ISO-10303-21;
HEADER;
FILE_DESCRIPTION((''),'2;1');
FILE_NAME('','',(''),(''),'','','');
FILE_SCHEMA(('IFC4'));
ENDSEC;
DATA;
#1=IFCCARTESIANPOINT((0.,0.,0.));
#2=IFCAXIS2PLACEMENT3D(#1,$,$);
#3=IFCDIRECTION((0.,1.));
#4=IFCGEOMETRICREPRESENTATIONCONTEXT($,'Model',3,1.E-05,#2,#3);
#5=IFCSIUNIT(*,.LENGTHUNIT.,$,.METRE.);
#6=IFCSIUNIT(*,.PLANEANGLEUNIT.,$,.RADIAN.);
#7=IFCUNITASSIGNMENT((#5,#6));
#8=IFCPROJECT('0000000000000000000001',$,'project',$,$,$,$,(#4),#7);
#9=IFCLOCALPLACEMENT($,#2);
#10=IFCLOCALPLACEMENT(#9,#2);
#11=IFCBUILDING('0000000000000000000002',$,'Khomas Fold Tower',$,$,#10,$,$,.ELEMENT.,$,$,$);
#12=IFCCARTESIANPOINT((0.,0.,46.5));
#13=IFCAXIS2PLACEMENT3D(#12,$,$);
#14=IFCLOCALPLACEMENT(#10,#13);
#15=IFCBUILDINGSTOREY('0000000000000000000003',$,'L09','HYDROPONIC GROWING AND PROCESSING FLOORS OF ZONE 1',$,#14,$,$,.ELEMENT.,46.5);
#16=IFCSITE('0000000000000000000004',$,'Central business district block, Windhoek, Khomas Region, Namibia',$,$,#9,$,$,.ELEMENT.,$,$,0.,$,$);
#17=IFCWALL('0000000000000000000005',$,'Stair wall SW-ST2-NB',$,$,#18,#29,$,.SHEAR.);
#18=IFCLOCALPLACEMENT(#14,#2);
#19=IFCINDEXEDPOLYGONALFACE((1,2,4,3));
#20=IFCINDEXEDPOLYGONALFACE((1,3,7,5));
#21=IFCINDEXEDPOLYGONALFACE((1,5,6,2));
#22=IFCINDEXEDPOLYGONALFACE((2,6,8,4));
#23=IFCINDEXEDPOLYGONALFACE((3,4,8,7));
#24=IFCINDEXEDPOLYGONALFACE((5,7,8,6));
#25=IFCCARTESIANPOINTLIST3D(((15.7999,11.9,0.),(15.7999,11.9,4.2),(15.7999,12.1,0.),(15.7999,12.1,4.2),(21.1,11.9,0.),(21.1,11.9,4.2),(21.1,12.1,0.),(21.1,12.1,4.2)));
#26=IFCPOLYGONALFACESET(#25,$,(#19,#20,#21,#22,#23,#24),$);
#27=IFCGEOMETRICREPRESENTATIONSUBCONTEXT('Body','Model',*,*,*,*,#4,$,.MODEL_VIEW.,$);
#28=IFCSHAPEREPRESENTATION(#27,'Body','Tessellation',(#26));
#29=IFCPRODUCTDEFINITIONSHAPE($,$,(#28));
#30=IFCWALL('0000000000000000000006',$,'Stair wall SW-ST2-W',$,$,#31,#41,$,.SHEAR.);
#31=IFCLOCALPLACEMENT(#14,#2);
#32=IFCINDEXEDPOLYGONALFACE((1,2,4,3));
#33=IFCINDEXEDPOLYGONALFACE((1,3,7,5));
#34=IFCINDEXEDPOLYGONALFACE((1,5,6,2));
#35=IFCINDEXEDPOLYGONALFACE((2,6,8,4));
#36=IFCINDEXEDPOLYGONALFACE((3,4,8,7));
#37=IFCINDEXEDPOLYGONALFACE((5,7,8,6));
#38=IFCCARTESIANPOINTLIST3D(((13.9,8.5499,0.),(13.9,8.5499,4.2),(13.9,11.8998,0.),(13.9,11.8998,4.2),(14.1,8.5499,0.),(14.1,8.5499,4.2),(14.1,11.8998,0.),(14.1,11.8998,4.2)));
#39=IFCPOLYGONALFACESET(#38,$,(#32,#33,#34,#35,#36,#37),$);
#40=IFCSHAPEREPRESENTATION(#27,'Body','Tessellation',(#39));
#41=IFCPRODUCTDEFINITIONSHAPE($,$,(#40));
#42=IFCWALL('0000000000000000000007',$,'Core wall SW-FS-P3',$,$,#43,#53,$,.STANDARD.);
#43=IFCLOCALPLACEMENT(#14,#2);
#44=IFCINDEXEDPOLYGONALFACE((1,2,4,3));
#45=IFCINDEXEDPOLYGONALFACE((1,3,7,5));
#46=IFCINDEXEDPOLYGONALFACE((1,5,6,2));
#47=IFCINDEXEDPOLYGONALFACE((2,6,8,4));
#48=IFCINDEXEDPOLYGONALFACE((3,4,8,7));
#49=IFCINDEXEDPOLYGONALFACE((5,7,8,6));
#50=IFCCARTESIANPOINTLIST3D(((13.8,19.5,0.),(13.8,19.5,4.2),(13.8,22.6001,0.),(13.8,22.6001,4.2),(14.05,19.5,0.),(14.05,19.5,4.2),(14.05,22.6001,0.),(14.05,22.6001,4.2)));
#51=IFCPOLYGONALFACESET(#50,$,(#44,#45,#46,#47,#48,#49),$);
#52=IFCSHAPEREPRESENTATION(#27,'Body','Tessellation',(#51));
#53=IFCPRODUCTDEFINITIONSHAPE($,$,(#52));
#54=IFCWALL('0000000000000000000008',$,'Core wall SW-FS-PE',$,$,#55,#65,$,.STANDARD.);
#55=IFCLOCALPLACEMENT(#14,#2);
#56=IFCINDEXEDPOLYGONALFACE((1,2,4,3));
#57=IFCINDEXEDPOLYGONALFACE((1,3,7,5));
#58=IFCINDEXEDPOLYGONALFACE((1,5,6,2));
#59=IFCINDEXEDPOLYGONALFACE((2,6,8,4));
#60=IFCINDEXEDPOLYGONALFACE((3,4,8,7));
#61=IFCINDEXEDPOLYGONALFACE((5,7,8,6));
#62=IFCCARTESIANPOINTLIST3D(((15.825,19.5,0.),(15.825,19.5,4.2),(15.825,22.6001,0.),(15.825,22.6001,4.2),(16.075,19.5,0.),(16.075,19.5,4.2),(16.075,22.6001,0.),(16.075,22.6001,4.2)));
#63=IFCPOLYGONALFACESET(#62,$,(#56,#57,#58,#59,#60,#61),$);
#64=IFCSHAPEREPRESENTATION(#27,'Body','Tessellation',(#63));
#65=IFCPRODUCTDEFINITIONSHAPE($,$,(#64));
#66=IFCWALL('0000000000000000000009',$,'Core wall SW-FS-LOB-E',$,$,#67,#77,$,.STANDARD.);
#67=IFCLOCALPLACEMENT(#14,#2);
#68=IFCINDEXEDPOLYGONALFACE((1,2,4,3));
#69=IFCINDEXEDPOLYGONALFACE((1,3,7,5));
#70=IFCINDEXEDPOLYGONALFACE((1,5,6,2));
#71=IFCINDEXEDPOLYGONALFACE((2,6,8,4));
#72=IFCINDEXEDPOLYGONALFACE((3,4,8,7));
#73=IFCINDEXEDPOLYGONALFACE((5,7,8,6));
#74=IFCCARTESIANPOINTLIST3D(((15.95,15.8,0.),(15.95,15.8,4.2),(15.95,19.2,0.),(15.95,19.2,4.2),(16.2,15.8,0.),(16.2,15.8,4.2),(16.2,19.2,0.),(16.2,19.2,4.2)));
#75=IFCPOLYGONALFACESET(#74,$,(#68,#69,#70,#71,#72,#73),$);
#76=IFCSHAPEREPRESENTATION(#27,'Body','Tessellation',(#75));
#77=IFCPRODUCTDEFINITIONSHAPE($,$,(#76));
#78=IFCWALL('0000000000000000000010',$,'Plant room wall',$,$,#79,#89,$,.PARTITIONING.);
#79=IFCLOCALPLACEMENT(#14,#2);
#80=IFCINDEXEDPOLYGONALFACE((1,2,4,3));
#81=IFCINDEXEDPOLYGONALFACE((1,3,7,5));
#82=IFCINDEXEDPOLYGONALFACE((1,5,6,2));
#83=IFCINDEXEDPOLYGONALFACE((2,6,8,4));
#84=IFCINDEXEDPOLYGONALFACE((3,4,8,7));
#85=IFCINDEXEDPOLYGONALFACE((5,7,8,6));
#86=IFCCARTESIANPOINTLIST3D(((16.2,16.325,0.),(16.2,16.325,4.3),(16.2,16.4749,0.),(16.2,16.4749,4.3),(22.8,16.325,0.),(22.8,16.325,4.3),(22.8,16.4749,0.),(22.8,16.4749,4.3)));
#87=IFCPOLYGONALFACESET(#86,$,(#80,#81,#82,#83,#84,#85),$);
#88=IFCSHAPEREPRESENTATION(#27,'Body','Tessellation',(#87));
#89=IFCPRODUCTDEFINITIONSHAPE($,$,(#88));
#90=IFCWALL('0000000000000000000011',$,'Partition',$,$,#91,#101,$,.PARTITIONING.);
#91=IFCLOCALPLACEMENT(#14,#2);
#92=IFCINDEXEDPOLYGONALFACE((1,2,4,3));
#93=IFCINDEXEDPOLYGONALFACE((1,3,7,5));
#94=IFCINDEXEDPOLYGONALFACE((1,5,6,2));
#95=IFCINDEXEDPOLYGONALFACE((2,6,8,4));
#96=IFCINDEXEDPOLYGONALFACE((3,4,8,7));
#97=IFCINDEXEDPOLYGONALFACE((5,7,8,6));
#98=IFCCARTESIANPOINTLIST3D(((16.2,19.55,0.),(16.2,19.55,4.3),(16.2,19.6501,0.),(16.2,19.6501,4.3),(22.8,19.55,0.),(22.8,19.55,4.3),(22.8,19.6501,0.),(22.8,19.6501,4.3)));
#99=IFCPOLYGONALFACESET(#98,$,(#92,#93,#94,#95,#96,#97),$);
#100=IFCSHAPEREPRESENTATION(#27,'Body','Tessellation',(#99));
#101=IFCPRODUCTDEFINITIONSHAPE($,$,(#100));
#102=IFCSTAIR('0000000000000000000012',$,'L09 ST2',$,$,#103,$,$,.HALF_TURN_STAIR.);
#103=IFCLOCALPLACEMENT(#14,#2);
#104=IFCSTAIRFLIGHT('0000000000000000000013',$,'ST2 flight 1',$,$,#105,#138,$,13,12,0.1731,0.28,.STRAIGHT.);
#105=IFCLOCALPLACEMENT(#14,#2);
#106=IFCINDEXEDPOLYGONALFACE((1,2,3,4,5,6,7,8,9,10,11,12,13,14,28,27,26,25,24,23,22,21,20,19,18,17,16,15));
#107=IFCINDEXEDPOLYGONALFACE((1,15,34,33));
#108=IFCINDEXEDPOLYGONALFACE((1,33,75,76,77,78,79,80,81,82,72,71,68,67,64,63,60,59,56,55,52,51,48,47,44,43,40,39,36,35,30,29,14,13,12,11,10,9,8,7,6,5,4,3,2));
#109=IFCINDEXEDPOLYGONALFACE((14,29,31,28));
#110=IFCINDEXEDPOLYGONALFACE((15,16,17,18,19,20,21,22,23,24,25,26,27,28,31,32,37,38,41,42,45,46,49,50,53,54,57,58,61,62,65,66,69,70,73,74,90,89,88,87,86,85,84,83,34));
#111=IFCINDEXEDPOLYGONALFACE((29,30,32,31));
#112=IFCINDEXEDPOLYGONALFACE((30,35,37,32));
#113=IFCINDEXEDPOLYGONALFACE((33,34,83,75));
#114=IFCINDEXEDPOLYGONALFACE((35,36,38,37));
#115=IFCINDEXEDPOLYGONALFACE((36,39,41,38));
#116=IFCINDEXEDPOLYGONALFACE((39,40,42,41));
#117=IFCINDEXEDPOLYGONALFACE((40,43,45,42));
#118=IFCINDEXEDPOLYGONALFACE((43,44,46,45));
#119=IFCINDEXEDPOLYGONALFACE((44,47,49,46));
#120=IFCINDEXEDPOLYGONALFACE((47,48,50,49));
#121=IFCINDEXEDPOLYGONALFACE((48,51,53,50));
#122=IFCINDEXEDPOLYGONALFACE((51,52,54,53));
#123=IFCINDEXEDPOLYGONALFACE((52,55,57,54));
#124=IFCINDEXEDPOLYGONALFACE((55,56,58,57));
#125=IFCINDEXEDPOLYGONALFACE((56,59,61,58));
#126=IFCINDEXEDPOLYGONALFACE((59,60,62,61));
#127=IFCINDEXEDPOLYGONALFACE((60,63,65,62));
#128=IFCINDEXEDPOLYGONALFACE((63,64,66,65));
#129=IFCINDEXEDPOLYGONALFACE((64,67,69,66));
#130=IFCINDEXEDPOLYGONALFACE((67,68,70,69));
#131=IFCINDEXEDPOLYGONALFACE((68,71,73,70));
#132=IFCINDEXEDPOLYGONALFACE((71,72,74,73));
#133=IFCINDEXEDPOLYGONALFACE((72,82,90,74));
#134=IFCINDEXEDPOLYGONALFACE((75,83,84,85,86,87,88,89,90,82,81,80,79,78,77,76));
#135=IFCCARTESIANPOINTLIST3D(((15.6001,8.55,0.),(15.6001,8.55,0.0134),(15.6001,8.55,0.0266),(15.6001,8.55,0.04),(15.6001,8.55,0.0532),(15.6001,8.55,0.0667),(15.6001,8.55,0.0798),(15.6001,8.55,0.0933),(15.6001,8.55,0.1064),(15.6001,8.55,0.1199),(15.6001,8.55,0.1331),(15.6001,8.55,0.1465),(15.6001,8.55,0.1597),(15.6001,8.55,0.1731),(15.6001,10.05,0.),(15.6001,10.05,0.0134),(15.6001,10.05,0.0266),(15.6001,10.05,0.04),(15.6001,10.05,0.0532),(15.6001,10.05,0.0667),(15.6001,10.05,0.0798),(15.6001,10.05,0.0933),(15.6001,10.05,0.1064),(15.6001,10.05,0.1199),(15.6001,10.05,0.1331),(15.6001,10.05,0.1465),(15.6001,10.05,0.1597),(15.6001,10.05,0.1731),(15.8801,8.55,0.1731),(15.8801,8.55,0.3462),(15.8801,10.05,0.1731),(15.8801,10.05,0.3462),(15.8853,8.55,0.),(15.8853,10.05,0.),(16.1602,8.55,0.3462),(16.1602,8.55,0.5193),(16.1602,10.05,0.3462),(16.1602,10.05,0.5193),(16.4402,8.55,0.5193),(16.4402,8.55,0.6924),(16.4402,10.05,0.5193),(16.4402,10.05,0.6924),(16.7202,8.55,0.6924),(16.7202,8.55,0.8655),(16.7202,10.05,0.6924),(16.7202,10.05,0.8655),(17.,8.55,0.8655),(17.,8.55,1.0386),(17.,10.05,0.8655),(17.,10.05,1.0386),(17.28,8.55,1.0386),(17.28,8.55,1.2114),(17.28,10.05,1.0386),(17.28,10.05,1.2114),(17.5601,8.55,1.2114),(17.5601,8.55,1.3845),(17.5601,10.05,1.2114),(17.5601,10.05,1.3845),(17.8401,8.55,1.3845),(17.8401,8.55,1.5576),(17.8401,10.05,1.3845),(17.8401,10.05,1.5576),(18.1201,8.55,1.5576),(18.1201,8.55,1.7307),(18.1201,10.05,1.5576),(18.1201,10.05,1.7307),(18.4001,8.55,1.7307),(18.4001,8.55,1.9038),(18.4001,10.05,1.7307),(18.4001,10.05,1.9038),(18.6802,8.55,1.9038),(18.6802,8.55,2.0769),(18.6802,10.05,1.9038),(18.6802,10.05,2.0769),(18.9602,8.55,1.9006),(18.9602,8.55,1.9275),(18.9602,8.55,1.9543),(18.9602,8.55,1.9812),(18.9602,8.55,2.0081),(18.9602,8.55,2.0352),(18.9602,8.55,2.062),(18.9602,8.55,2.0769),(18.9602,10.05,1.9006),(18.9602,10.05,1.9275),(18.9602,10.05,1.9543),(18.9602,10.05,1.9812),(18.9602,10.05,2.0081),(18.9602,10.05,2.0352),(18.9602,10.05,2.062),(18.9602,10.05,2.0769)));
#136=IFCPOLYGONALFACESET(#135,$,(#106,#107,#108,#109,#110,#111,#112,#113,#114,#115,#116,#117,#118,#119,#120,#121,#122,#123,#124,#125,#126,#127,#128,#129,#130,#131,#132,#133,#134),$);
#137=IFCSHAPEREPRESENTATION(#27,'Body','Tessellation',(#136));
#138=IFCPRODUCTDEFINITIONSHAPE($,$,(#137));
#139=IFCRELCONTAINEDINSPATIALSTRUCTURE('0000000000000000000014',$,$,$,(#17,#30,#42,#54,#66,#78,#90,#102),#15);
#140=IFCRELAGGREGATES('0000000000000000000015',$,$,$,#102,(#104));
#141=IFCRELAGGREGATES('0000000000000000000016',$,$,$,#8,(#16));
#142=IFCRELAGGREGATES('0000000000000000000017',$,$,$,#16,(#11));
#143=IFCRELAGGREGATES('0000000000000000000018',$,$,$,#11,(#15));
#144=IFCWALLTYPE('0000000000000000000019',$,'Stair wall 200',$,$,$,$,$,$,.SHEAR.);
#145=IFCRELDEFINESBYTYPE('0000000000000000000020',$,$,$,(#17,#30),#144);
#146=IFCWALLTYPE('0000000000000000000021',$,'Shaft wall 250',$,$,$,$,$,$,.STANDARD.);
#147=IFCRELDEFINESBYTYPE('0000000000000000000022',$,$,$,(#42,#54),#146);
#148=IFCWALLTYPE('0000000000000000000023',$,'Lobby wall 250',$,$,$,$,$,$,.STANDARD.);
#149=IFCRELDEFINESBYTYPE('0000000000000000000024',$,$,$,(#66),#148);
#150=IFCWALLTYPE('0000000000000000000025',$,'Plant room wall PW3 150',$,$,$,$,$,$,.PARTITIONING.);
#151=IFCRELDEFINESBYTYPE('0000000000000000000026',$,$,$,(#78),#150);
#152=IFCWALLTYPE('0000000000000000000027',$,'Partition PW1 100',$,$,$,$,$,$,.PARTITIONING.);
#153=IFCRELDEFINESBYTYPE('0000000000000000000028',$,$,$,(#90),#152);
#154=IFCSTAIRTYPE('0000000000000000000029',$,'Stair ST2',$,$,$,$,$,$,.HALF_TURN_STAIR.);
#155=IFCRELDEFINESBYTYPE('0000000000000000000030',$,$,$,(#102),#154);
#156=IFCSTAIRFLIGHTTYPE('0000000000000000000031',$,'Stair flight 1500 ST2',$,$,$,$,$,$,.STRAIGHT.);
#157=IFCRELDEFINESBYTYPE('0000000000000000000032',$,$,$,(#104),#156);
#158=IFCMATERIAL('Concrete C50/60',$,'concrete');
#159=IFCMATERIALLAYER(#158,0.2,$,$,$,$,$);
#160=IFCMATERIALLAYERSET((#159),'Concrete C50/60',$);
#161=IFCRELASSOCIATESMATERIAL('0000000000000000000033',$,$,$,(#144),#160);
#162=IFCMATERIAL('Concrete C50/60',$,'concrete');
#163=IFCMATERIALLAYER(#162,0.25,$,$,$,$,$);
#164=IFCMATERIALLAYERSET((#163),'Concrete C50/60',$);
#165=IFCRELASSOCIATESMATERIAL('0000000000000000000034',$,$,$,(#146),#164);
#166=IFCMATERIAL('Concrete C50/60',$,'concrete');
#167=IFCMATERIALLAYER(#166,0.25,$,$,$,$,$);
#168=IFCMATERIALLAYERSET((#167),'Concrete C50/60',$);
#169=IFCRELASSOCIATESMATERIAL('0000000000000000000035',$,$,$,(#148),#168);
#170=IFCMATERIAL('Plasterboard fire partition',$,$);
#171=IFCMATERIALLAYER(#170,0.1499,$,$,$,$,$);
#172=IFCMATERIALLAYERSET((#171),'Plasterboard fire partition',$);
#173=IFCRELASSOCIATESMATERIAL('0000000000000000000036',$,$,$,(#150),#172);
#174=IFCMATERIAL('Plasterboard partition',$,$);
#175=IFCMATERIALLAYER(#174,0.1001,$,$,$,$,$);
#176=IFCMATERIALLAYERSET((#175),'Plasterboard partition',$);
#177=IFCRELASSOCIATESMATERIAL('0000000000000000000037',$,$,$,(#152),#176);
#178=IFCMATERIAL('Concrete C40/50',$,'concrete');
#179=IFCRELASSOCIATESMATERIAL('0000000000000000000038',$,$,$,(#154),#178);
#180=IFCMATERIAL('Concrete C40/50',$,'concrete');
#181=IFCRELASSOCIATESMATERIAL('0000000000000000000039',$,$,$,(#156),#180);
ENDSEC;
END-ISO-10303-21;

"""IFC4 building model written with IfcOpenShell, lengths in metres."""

from ifc_helpers import new_model, si_unit, direction, frame, frame_2d, origin, place, context, subcontext, project, spatial, polyline, rectangle, outline, extrude, source, transform, mapped, material, layer, layer_set, type_object, element, aggregate, save


model = new_model("IFC4")

# Units and contexts
model_context = context("Model", 3, precision=1e-05, world=origin(), true_north=direction((0.0, 1.0)))
body_context = subcontext(model_context, "Body", "Model", "MODEL_VIEW")
ifc_project = project(units=[si_unit("LENGTHUNIT", "METRE"), si_unit("PLANEANGLEUNIT", "RADIAN")], contexts=[model_context])

# Site, building, storey
site_placement = place(None, origin())
site = spatial("IfcSite", under=ifc_project, at=site_placement, Name="Central business district block, Windhoek, Khomas Region, Namibia", CompositionType="ELEMENT", RefElevation=0.0)
building_placement = place(site_placement, origin())
building = spatial("IfcBuilding", under=site, at=building_placement, Name="Khomas Fold Tower", CompositionType="ELEMENT")
storey_placement = place(building_placement, frame((0.0, 0.0, 46.5)))
storey = spatial("IfcBuildingStorey", under=building, at=storey_placement, Name="L09", Description="HYDROPONIC GROWING AND PROCESSING FLOORS OF ZONE 1", CompositionType="ELEMENT", Elevation=46.5)

# Walls
ifc_material_1 = material(Name="Concrete C50/60", Category="concrete")
ifc_layer_1 = layer(ifc_material_1, 0.2)
ifc_layer_set_1 = layer_set([ifc_layer_1], Name="Concrete C50/60")
wall_type_1 = type_object("IfcWallType", Name="Stair wall 200", PredefinedType="SHEAR", material=ifc_layer_set_1)
shared_shape_1 = source(origin(), body_context, "Body", "SweptSolid", [
    extrude(rectangle(XDim=5.3, YDim=0.2, at=frame_2d((2.6499, 0.0))), origin(), (0.0, 0.0, 1.0), 4.2),
])
wall_1_placement = place(storey_placement, frame((15.8, 12.0, 0.0), z_axis=(0.0, 0.0, 1.0), x_axis=(1.0, 0.0, 0.0)))
element("IfcWall", 1, at=wall_1_placement, inside=storey, type_object=wall_type_1, Name="Stair wall SW-ST2-NB", PredefinedType="SHEAR", context=body_context, shape_type="MappedRepresentation", body=[
    mapped(shared_shape_1, transform((0.0, 0.0, 0.0))),
])
shared_shape_2 = source(origin(), body_context, "Body", "SweptSolid", [
    extrude(rectangle(XDim=3.3499, YDim=0.2, at=frame_2d((1.6748, 0.0))), origin(), (0.0, 0.0, 1.0), 4.2),
])
wall_2_placement = place(storey_placement, frame((14.0, 8.55, 0.0), z_axis=(0.0, 0.0, 1.0), x_axis=(0.0, 1.0, 0.0)))
element("IfcWall", 2, at=wall_2_placement, inside=storey, type_object=wall_type_1, Name="Stair wall SW-ST2-W", PredefinedType="SHEAR", context=body_context, shape_type="MappedRepresentation", body=[
    mapped(shared_shape_2, transform((0.0, 0.0, 0.0))),
])
ifc_material_2 = material(Name="Concrete C50/60", Category="concrete")
ifc_layer_2 = layer(ifc_material_2, 0.25)
ifc_layer_set_2 = layer_set([ifc_layer_2], Name="Concrete C50/60")
wall_type_2 = type_object("IfcWallType", Name="Shaft wall 250", PredefinedType="STANDARD", material=ifc_layer_set_2)
shared_shape_3 = source(origin(), body_context, "Body", "SweptSolid", [
    extrude(rectangle(XDim=3.1001, YDim=0.25, at=frame_2d((1.55, 0.0))), origin(), (0.0, 0.0, 1.0), 4.2),
])
for number, where, z_axis, x_axis, name in (
    (3, (13.925, 19.5, 0.0), (0.0, 0.0, 1.0), (0.0, 1.0, 0.0), "Core wall SW-FS-P3"),
    (4, (15.95, 19.5, 0.0), (0.0, 0.0, 1.0), (0.0, 1.0, 0.0), "Core wall SW-FS-PE"),
):
    element("IfcWall", number, at=place(storey_placement, frame(where, z_axis=z_axis, x_axis=x_axis)), inside=storey, type_object=wall_type_2, Name=name, PredefinedType="STANDARD", context=body_context, shape_type="MappedRepresentation", body=[
        mapped(shared_shape_3, transform((0.0, 0.0, 0.0))),
    ])
ifc_material_3 = material(Name="Concrete C50/60", Category="concrete")
ifc_layer_3 = layer(ifc_material_3, 0.25)
ifc_layer_set_3 = layer_set([ifc_layer_3], Name="Concrete C50/60")
wall_type_3 = type_object("IfcWallType", Name="Lobby wall 250", PredefinedType="STANDARD", material=ifc_layer_set_3)
shared_shape_4 = source(origin(), body_context, "Body", "SweptSolid", [
    extrude(rectangle(XDim=3.3999, YDim=0.25, at=frame_2d((1.7, 0.0))), origin(), (0.0, 0.0, 1.0), 4.2),
])
wall_3_placement = place(storey_placement, frame((16.075, 15.8, 0.0), z_axis=(0.0, 0.0, 1.0), x_axis=(0.0, 1.0, 0.0)))
element("IfcWall", 5, at=wall_3_placement, inside=storey, type_object=wall_type_3, Name="Core wall SW-FS-LOB-E", PredefinedType="STANDARD", context=body_context, shape_type="MappedRepresentation", body=[
    mapped(shared_shape_4, transform((0.0, 0.0, 0.0))),
])
ifc_material_4 = material(Name="Plasterboard fire partition")
ifc_layer_4 = layer(ifc_material_4, 0.1499)
ifc_layer_set_4 = layer_set([ifc_layer_4], Name="Plasterboard fire partition")
wall_type_4 = type_object("IfcWallType", Name="Plant room wall PW3 150", PredefinedType="PARTITIONING", material=ifc_layer_set_4)
shared_shape_5 = source(origin(), body_context, "Body", "SweptSolid", [
    extrude(rectangle(XDim=6.6001, YDim=0.1499, at=frame_2d((3.3, 0.0))), origin(), (0.0, 0.0, 1.0), 4.3),
])
wall_4_placement = place(storey_placement, frame((16.2, 16.3999, 0.0), z_axis=(0.0, 0.0, 1.0), x_axis=(1.0, 0.0, 0.0)))
element("IfcWall", 6, at=wall_4_placement, inside=storey, type_object=wall_type_4, Name="Plant room wall", PredefinedType="PARTITIONING", context=body_context, shape_type="MappedRepresentation", body=[
    mapped(shared_shape_5, transform((0.0, 0.0, 0.0))),
])
ifc_material_5 = material(Name="Plasterboard partition")
ifc_layer_5 = layer(ifc_material_5, 0.1001)
ifc_layer_set_5 = layer_set([ifc_layer_5], Name="Plasterboard partition")
wall_type_5 = type_object("IfcWallType", Name="Partition PW1 100", PredefinedType="PARTITIONING", material=ifc_layer_set_5)
shared_shape_6 = source(origin(), body_context, "Body", "SweptSolid", [
    extrude(rectangle(XDim=6.6001, YDim=0.1001, at=frame_2d((3.3, 0.0))), origin(), (0.0, 0.0, 1.0), 4.3),
])
wall_5_placement = place(storey_placement, frame((16.2, 19.6001, 0.0), z_axis=(0.0, 0.0, 1.0), x_axis=(1.0, 0.0, 0.0)))
element("IfcWall", 7, at=wall_5_placement, inside=storey, type_object=wall_type_5, Name="Partition", PredefinedType="PARTITIONING", context=body_context, shape_type="MappedRepresentation", body=[
    mapped(shared_shape_6, transform((0.0, 0.0, 0.0))),
])

# Stair, stair flight
ifc_material_6 = material(Name="Concrete C40/50", Category="concrete")
stair_type = type_object("IfcStairType", Name="Stair ST2", PredefinedType="HALF_TURN_STAIR", material=ifc_material_6)
stair_placement = place(storey_placement, origin())
stair = element("IfcStair", 8, at=stair_placement, inside=storey, type_object=stair_type, Name="L09 ST2", PredefinedType="HALF_TURN_STAIR")
ifc_material_7 = material(Name="Concrete C40/50", Category="concrete")
stair_flight_type = type_object("IfcStairFlightType", Name="Stair flight 1500 ST2", PredefinedType="STRAIGHT", material=ifc_material_7)
shared_shape_7 = source(origin(), body_context, "Body", "SweptSolid", [
    extrude(outline(polyline([(0.0, 0.0), (0.0, 0.0134), (0.0, 0.0266), (0.0, 0.04), (0.0, 0.0532), (0.0, 0.0667), (0.0, 0.0798), (0.0, 0.0933), (0.0, 0.1064), (0.0, 0.1199), (0.0, 0.1331), (0.0, 0.1465), (0.0, 0.1597), (0.0, 0.1731), (0.28, 0.1731), (0.28, 0.3462), (0.5601, 0.3462), (0.5601, 0.5193), (0.8401, 0.5193), (0.8401, 0.6924), (1.1201, 0.6924), (1.1201, 0.8655), (1.3999, 0.8655), (1.3999, 1.0386), (1.6799, 1.0386), (1.6799, 1.2114), (1.96, 1.2114), (1.96, 1.3845), (2.24, 1.3845), (2.24, 1.5576), (2.52, 1.5576), (2.52, 1.7307), (2.8, 1.7307), (2.8, 1.9038), (3.0801, 1.9038), (3.0801, 2.0769), (3.3601, 2.0769), (3.3601, 2.25), (3.3601, 2.2231), (3.3601, 2.1963), (3.3601, 2.1694), (3.3601, 2.1426), (3.3601, 2.1157), (3.3601, 2.0889), (3.3601, 2.062), (3.3601, 2.0352), (3.3601, 2.0081), (3.3601, 1.9812), (3.3601, 1.9543), (3.3601, 1.9275), (3.3601, 1.9006), (0.2852, 0.0), (0.0, 0.0)])), frame((0.0, 0.75, 0.0), z_axis=(0.0, -1.0, 0.0), x_axis=(1.0, 0.0, 0.0)), (0.0, 0.0, 1.0), 1.5),
])
stair_flight_1_placement = place(storey_placement, frame((15.6001, 9.3, 0.0), z_axis=(0.0, 0.0, 1.0), x_axis=(1.0, 0.0, 0.0)))
stair_flight_1 = element("IfcStairFlight", 9, at=stair_flight_1_placement, type_object=stair_flight_type, Name="ST2 flight 1", NumberOfRisers=13, NumberOfTreads=12, PredefinedType="STRAIGHT", RiserHeight=0.1731, TreadLength=0.28, context=body_context, shape_type="MappedRepresentation", body=[
    mapped(shared_shape_7, transform((0.0, 0.0, 0.0))),
])
aggregate(stair, [stair_flight_1])

save(model, "model.ifc")
